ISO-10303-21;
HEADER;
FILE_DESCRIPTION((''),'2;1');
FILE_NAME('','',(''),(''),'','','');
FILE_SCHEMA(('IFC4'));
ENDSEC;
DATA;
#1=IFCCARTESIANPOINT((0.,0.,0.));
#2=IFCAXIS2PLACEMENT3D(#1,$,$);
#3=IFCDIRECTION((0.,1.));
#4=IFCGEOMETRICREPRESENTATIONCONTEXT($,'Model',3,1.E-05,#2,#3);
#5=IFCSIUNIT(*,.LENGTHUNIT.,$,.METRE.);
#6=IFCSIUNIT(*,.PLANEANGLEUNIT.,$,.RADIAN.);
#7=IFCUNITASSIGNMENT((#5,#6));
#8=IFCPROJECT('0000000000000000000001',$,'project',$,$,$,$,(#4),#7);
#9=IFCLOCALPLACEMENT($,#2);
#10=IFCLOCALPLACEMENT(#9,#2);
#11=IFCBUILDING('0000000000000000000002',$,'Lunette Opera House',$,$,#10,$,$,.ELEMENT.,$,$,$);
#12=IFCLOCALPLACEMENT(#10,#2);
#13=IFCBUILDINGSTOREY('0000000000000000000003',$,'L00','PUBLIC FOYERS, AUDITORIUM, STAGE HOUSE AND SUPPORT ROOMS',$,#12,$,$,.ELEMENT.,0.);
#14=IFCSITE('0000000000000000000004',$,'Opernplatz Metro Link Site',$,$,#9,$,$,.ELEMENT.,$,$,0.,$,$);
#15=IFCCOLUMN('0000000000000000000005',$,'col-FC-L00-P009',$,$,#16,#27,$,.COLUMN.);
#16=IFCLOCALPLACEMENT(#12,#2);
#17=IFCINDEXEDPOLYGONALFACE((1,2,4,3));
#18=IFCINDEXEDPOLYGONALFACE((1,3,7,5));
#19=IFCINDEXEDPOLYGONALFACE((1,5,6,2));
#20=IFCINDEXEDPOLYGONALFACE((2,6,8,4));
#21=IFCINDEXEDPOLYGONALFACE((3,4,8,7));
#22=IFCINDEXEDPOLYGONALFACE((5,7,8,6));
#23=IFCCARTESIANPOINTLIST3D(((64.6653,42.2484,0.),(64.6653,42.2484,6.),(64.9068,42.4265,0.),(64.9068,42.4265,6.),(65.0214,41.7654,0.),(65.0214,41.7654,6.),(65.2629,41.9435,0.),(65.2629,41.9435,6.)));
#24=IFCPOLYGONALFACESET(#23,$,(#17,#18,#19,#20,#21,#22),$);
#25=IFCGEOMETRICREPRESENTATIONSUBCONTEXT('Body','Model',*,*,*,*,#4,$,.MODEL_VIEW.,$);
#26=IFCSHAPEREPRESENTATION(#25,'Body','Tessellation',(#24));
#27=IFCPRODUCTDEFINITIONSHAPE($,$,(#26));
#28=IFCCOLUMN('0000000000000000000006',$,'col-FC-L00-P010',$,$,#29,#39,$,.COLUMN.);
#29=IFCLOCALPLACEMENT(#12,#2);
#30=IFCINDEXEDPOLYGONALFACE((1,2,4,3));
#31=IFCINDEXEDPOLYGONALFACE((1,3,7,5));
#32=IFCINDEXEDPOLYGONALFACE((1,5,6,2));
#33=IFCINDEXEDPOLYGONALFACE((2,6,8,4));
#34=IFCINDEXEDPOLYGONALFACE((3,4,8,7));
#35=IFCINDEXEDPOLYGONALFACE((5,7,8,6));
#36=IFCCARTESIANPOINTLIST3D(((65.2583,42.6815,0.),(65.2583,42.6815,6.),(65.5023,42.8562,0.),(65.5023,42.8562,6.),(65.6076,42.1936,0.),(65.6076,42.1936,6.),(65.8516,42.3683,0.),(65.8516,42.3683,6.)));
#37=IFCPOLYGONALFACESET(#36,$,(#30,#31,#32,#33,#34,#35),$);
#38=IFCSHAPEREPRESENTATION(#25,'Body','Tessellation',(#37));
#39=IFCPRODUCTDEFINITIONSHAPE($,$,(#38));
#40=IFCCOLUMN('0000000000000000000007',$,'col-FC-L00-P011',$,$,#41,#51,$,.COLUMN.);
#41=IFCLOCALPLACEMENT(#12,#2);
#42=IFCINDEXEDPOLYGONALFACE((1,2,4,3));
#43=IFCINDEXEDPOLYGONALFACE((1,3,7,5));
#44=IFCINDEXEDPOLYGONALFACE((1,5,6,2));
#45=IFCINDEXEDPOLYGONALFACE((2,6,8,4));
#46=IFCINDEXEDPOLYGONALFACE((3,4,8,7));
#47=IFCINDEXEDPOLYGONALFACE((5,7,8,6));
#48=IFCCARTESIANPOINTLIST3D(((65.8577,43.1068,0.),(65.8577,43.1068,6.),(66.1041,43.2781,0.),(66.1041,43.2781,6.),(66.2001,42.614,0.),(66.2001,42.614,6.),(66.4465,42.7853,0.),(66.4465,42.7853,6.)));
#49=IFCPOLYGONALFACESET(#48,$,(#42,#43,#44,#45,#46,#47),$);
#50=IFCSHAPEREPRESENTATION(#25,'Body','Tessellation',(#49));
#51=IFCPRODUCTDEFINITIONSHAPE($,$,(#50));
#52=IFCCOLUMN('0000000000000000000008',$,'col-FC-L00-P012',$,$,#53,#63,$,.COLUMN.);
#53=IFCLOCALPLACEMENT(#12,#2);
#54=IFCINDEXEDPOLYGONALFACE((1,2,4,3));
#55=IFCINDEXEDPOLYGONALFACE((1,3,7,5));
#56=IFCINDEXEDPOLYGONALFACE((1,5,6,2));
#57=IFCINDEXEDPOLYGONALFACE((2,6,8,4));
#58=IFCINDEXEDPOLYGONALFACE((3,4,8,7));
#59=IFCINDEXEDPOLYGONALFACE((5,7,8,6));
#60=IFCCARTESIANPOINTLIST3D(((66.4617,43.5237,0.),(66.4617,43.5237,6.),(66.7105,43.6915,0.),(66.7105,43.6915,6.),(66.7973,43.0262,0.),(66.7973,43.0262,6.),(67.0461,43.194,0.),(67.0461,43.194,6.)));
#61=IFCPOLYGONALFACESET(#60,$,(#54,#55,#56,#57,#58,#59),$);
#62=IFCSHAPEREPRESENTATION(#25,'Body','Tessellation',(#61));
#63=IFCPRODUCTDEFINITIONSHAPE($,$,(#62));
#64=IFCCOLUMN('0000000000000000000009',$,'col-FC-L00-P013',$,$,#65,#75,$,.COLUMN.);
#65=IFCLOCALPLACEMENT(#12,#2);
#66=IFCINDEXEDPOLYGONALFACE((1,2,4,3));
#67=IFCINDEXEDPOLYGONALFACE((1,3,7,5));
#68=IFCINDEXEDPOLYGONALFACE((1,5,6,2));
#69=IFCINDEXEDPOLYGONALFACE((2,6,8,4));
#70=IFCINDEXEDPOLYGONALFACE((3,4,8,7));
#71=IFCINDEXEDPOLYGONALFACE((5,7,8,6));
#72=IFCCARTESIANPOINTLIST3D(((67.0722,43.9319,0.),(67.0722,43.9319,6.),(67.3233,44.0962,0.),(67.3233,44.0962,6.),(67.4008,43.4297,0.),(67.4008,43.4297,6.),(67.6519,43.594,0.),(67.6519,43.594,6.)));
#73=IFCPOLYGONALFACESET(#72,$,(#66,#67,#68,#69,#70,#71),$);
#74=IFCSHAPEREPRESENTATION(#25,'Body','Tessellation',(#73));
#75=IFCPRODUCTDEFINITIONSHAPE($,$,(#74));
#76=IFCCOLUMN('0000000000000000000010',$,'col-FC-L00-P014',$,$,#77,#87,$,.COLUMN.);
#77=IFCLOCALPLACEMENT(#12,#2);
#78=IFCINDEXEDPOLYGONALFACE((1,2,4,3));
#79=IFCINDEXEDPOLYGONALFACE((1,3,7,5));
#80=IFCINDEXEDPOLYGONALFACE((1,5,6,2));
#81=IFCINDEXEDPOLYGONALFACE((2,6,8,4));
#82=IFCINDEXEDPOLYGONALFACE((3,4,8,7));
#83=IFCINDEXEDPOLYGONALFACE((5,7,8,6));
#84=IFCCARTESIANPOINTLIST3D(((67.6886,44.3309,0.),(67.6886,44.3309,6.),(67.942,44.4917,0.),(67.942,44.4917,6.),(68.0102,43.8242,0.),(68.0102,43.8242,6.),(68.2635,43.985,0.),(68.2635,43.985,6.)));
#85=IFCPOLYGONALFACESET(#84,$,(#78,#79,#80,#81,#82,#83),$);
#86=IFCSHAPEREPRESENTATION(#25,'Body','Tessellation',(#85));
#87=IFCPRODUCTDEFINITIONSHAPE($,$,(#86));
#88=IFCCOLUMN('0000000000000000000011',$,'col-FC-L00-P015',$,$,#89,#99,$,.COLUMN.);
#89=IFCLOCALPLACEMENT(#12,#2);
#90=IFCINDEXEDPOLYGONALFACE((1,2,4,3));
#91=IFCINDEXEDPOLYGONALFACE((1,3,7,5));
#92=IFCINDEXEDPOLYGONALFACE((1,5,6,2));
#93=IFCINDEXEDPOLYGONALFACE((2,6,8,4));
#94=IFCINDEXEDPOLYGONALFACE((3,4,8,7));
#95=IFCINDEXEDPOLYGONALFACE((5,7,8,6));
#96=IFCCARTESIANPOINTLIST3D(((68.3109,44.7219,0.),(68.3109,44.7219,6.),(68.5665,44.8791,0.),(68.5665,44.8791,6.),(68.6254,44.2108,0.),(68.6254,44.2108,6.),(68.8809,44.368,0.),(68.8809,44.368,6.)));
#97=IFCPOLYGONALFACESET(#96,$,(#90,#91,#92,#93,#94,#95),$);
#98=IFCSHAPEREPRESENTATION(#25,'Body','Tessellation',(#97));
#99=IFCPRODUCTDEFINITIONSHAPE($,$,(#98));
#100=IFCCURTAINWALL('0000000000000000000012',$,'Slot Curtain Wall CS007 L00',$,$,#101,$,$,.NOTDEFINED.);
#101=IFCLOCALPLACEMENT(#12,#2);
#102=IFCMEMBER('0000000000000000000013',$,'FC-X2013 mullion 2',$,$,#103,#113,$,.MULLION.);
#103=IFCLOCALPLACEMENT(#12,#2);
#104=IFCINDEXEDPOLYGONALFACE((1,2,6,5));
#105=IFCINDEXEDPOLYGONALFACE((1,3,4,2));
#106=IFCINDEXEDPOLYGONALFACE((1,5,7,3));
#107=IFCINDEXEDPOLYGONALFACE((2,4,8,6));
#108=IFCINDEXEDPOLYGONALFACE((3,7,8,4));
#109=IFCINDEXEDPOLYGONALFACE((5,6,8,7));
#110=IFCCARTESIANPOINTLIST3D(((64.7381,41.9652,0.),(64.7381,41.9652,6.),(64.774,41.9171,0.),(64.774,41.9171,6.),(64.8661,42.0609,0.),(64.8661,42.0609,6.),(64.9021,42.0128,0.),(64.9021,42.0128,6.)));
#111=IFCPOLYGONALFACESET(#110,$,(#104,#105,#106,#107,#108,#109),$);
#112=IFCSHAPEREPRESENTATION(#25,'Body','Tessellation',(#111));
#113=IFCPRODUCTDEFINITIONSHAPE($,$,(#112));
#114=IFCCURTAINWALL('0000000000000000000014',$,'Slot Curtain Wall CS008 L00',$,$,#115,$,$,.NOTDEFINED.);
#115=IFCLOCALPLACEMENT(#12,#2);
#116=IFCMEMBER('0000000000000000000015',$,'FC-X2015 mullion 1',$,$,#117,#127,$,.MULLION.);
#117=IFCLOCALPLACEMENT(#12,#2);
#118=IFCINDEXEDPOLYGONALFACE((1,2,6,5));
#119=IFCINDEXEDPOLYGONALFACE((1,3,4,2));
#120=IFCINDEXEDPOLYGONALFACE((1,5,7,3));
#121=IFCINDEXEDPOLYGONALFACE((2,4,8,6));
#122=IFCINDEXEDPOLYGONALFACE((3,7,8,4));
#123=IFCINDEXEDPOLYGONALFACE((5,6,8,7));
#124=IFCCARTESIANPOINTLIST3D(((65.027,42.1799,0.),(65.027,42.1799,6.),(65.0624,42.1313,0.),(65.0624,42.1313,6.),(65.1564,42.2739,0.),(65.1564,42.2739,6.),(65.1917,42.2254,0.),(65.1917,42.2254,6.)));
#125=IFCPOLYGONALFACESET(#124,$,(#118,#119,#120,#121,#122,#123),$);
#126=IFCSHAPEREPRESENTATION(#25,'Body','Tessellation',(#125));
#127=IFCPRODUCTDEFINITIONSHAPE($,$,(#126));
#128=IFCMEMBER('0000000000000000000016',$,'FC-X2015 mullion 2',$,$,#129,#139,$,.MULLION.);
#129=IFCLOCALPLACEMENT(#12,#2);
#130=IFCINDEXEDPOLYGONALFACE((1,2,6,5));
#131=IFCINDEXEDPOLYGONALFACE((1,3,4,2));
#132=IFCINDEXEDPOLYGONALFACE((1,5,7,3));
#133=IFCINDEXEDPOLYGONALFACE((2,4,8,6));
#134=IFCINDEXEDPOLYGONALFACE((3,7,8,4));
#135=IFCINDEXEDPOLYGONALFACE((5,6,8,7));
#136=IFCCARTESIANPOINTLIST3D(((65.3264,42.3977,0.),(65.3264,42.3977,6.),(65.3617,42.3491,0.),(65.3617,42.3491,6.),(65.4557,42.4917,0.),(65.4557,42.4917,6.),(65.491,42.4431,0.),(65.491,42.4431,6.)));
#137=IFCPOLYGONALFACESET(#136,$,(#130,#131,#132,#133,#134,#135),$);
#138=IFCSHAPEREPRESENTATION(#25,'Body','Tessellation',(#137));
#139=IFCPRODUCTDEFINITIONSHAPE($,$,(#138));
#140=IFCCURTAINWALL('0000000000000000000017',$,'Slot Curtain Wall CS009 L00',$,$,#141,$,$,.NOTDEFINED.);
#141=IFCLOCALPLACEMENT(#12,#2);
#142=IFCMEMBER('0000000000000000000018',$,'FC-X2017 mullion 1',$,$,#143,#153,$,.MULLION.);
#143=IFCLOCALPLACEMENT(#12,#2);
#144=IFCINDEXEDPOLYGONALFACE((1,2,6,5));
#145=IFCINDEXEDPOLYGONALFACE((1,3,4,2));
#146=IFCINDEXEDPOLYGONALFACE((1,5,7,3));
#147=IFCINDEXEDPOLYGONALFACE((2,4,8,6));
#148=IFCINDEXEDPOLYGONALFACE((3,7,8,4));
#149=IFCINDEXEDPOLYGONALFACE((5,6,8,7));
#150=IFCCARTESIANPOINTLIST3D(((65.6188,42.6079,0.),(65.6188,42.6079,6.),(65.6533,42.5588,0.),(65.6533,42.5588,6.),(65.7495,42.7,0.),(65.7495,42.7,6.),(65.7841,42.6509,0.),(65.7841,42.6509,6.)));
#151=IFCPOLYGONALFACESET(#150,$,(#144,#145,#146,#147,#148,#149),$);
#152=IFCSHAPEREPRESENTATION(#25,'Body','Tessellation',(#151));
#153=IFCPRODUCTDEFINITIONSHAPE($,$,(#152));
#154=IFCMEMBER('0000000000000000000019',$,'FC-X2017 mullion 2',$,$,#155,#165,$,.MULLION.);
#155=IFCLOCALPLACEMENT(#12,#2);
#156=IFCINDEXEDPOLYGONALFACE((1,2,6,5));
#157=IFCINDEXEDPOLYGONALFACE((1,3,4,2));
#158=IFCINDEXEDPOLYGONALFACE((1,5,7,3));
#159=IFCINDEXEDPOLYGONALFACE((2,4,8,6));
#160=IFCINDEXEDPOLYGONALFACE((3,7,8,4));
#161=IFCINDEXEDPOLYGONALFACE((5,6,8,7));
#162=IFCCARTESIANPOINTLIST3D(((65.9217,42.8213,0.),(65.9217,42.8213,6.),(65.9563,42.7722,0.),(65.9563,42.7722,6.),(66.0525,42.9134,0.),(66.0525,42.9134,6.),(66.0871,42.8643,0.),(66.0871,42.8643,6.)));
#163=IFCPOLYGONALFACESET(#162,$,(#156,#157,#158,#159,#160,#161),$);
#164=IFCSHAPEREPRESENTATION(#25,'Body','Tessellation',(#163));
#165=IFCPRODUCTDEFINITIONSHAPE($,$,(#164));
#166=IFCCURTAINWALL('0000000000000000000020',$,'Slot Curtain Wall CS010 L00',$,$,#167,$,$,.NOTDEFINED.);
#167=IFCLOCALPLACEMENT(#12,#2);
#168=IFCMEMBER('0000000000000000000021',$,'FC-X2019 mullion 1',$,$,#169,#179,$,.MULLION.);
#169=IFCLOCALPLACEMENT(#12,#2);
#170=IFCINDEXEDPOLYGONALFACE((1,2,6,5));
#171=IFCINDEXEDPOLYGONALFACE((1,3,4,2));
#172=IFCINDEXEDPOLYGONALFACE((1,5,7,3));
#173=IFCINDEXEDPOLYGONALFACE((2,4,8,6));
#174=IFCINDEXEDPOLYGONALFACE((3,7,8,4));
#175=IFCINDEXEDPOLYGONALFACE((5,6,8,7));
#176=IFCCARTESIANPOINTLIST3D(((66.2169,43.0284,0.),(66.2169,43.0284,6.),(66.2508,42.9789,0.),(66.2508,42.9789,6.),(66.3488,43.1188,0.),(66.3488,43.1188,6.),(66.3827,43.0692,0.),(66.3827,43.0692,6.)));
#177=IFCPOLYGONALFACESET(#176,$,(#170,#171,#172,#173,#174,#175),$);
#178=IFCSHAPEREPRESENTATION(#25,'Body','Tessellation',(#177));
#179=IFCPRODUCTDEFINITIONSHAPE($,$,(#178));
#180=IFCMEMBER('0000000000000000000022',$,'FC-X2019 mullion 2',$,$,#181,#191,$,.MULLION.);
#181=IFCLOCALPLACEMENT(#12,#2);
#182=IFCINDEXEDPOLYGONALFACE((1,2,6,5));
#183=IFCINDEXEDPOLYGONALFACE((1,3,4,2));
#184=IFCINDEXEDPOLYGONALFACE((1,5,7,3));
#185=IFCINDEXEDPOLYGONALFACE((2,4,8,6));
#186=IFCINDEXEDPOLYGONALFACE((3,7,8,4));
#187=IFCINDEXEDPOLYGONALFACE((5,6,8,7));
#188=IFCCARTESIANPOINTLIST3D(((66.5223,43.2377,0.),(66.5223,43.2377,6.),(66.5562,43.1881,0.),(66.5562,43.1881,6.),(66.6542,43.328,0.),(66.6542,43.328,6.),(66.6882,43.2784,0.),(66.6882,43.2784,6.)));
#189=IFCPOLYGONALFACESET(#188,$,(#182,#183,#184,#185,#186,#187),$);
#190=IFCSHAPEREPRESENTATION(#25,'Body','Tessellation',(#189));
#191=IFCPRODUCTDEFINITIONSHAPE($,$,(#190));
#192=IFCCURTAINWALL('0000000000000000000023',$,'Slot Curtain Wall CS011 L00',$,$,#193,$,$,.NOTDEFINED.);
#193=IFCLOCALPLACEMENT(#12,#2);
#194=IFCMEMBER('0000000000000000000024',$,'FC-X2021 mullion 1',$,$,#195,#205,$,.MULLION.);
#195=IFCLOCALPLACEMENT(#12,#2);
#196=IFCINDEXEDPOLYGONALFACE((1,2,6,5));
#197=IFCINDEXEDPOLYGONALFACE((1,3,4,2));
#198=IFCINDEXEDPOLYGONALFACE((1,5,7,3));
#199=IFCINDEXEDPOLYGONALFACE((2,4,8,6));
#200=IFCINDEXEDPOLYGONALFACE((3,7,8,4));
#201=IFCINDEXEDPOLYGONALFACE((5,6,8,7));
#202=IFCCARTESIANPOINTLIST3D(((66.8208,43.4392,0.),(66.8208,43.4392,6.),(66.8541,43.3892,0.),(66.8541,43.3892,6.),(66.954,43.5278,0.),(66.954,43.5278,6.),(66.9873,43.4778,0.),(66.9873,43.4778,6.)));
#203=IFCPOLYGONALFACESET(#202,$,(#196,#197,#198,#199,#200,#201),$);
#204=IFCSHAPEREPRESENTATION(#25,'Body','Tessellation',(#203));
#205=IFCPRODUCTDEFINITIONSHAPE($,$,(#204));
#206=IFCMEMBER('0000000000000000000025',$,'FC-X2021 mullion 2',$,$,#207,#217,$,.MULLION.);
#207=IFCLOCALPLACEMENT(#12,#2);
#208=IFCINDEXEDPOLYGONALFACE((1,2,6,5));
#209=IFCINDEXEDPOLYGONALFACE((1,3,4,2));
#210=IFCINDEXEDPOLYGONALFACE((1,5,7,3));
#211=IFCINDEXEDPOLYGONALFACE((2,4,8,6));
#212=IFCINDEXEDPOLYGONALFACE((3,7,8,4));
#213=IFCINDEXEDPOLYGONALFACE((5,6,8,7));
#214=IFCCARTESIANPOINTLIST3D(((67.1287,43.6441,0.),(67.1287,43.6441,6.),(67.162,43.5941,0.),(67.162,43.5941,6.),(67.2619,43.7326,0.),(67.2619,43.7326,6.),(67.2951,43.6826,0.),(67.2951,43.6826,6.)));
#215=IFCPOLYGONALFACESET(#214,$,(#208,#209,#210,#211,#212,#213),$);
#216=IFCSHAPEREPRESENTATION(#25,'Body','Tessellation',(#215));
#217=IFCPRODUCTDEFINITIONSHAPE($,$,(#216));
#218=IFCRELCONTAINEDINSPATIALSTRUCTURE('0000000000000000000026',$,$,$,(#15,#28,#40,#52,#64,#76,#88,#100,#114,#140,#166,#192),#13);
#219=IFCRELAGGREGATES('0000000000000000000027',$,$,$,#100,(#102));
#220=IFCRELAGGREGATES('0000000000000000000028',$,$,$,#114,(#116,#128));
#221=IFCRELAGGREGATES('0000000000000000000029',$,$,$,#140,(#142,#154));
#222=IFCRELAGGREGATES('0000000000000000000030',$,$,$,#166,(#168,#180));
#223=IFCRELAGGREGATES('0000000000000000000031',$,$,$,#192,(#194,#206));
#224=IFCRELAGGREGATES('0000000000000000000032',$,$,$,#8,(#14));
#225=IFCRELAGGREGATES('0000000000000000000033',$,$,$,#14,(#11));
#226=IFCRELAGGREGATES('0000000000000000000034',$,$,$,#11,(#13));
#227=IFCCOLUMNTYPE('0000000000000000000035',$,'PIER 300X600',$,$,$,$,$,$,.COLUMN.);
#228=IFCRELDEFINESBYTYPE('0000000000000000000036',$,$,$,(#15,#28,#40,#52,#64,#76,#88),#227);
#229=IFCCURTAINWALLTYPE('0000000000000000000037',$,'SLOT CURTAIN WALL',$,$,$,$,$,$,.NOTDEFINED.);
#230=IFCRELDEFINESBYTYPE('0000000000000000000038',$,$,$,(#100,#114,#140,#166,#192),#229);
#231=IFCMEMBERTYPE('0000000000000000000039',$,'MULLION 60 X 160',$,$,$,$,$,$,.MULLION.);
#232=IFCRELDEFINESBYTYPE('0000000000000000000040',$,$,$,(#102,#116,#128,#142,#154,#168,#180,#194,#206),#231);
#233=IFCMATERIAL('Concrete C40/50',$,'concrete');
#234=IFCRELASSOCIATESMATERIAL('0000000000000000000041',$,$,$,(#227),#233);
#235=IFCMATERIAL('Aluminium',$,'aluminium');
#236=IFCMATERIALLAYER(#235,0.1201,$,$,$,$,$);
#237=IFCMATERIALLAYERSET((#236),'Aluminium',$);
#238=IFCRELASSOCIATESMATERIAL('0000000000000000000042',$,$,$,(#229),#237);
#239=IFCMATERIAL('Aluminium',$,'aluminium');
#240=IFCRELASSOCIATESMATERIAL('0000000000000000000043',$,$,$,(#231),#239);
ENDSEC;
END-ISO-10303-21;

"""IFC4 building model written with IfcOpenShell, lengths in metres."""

from ifc_helpers import new_model, si_unit, direction, frame, origin, origin_2d, place, context, subcontext, project, spatial, rectangle, extrude, material, layer, layer_set, material_profile, profile_set, type_object, element, aggregate, save


model = new_model("IFC4")

# Units and contexts
model_context = context("Model", 3, precision=1e-05, world=origin(), true_north=direction((0.0, 1.0)))
body_context = subcontext(model_context, "Body", "Model", "MODEL_VIEW")
ifc_project = project(units=[si_unit("LENGTHUNIT", "METRE"), si_unit("PLANEANGLEUNIT", "RADIAN")], contexts=[model_context])

# Site, building, storey
site_placement = place(None, origin())
site = spatial("IfcSite", under=ifc_project, at=site_placement, Name="Opernplatz Metro Link Site", CompositionType="ELEMENT", RefElevation=0.0)
building_placement = place(site_placement, origin())
building = spatial("IfcBuilding", under=site, at=building_placement, Name="Lunette Opera House", CompositionType="ELEMENT")
storey_placement = place(building_placement, origin())
storey = spatial("IfcBuildingStorey", under=building, at=storey_placement, Name="L00", Description="PUBLIC FOYERS, AUDITORIUM, STAGE HOUSE AND SUPPORT ROOMS", CompositionType="ELEMENT", Elevation=0.0)

# Columns
ifc_material_1 = material(Name="Concrete C40/50", Category="concrete")
ifc_material_profile_1 = material_profile(ifc_material_1, rectangle(XDim=0.3, YDim=0.6001, at=origin_2d()), Name="PIER 300X600")
ifc_profile_set_1 = profile_set([ifc_material_profile_1], Name="Concrete C40/50")
column_type = type_object("IfcColumnType", Name="PIER 300X600", PredefinedType="COLUMN", material=ifc_profile_set_1)
for number, where, z_axis, x_axis, name in (
    (1, (64.9641, 42.0959, 0.0), (0.0, 0.0, 1.0), (0.804894, 0.593419, 0.0), "col-FC-L00-P009"),
    (2, (65.5549, 42.5249, 0.0), (0.0, 0.0, 1.0), (0.813101, 0.582123, 0.0), "col-FC-L00-P010"),
    (3, (66.1521, 42.946, 0.0), (0.0, 0.0, 1.0), (0.821149, 0.570714, 0.0), "col-FC-L00-P011"),
    (4, (66.7539, 43.3589, 0.0), (0.0, 0.0, 1.0), (0.829038, 0.559193, 0.0), "col-FC-L00-P012"),
    (5, (67.3621, 43.7629, 0.0), (0.0, 0.0, 1.0), (0.836764, 0.547563, 0.0), "col-FC-L00-P013"),
    (6, (67.9761, 44.158, 0.0), (0.0, 0.0, 1.0), (0.844328, 0.535827, 0.0), "col-FC-L00-P014"),
    (7, (68.5959, 44.5449, 0.0), (0.0, 0.0, 1.0), (0.851727, 0.523986, 0.0), "col-FC-L00-P015"),
):
    element("IfcColumn", number, at=place(storey_placement, frame(where, z_axis=z_axis, x_axis=x_axis)), inside=storey, type_object=column_type, Name=name, PredefinedType="COLUMN", context=body_context, shape_type="SweptSolid", body=[
        extrude(rectangle(XDim=0.3, YDim=0.6001, at=origin_2d()), origin(), (0.0, 0.0, 1.0), 6.0),
    ])

# Curtain wall, member
ifc_material_2 = material(Name="Aluminium", Category="aluminium")
ifc_layer_1 = layer(ifc_material_2, 0.1201)
ifc_layer_set_1 = layer_set([ifc_layer_1], Name="Aluminium")
curtain_wall_type = type_object("IfcCurtainWallType", Name="SLOT CURTAIN WALL", PredefinedType="NOTDEFINED", material=ifc_layer_set_1)
curtain_wall_1_placement = place(storey_placement, origin())
curtain_wall_1 = element("IfcCurtainWall", 8, at=curtain_wall_1_placement, inside=storey, type_object=curtain_wall_type, Name="Slot Curtain Wall CS007 L00", PredefinedType="NOTDEFINED")
ifc_material_3 = material(Name="Aluminium", Category="aluminium")
ifc_material_profile_2 = material_profile(ifc_material_3, rectangle(XDim=0.0601, YDim=0.1599, at=origin_2d()), Name="MULLION 60 X 160")
ifc_profile_set_2 = profile_set([ifc_material_profile_2], Name="Aluminium")
member_type_1 = type_object("IfcMemberType", Name="MULLION 60 X 160", PredefinedType="MULLION", material=ifc_profile_set_2)
member_1_placement = place(storey_placement, frame((64.8201, 41.989, 0.0), z_axis=(0.0, 0.0, 1.0), x_axis=(-0.598885, 0.800835, 0.0)))
member_1 = element("IfcMember", 9, at=member_1_placement, type_object=member_type_1, Name="FC-X2013 mullion 2", PredefinedType="MULLION", context=body_context, shape_type="SweptSolid", body=[
    extrude(rectangle(XDim=0.0601, YDim=0.1599, at=origin_2d()), origin(), (0.0, 0.0, 1.0), 6.0),
])

# Curtain walls, members
curtain_wall_2_placement = place(storey_placement, origin())
curtain_wall_2 = element("IfcCurtainWall", 10, at=curtain_wall_2_placement, inside=storey, type_object=curtain_wall_type, Name="Slot Curtain Wall CS008 L00", PredefinedType="NOTDEFINED")
member_2_placement = place(storey_placement, frame((65.1094, 42.2026, 0.0), z_axis=(0.0, 0.0, 1.0), x_axis=(-0.588033, 0.808837, 0.0)))
member_2 = element("IfcMember", 11, at=member_2_placement, type_object=member_type_1, Name="FC-X2015 mullion 1", PredefinedType="MULLION", context=body_context, shape_type="SweptSolid", body=[
    extrude(rectangle(XDim=0.0601, YDim=0.1599, at=origin_2d()), origin(), (0.0, 0.0, 1.0), 6.0),
])
member_3_placement = place(storey_placement, frame((65.4087, 42.4204, 0.0), z_axis=(0.0, 0.0, 1.0), x_axis=(-0.588033, 0.808837, 0.0)))
member_3 = element("IfcMember", 12, at=member_3_placement, type_object=member_type_1, Name="FC-X2015 mullion 2", PredefinedType="MULLION", context=body_context, shape_type="SweptSolid", body=[
    extrude(rectangle(XDim=0.0601, YDim=0.1599, at=origin_2d()), origin(), (0.0, 0.0, 1.0), 6.0),
])
curtain_wall_3_placement = place(storey_placement, origin())
curtain_wall_3 = element("IfcCurtainWall", 13, at=curtain_wall_3_placement, inside=storey, type_object=curtain_wall_type, Name="Slot Curtain Wall CS009 L00", PredefinedType="NOTDEFINED")
member_4_placement = place(storey_placement, frame((65.7014, 42.6294, 0.0), z_axis=(0.0, 0.0, 1.0), x_axis=(-0.575954, 0.817482, 0.0)))
member_4 = element("IfcMember", 14, at=member_4_placement, type_object=member_type_1, Name="FC-X2017 mullion 1", PredefinedType="MULLION", context=body_context, shape_type="SweptSolid", body=[
    extrude(rectangle(XDim=0.0601, YDim=0.1599, at=origin_2d()), origin(), (0.0, 0.0, 1.0), 6.0),
])
member_5_placement = place(storey_placement, frame((66.0044, 42.8428, 0.0), z_axis=(0.0, 0.0, 1.0), x_axis=(-0.575954, 0.817482, 0.0)))
member_5 = element("IfcMember", 15, at=member_5_placement, type_object=member_type_1, Name="FC-X2017 mullion 2", PredefinedType="MULLION", context=body_context, shape_type="SweptSolid", body=[
    extrude(rectangle(XDim=0.0601, YDim=0.1599, at=origin_2d()), origin(), (0.0, 0.0, 1.0), 6.0),
])
curtain_wall_4_placement = place(storey_placement, origin())
curtain_wall_4 = element("IfcCurtainWall", 16, at=curtain_wall_4_placement, inside=storey, type_object=curtain_wall_type, Name="Slot Curtain Wall CS010 L00", PredefinedType="NOTDEFINED")
member_6_placement = place(storey_placement, frame((66.2998, 43.0488, 0.0), z_axis=(0.0, 0.0, 1.0), x_axis=(-0.564851, 0.825193, 0.0)))
member_6 = element("IfcMember", 17, at=member_6_placement, type_object=member_type_1, Name="FC-X2019 mullion 1", PredefinedType="MULLION", context=body_context, shape_type="SweptSolid", body=[
    extrude(rectangle(XDim=0.0601, YDim=0.1599, at=origin_2d()), origin(), (0.0, 0.0, 1.0), 6.0),
])
member_7_placement = place(storey_placement, frame((66.6052, 43.2581, 0.0), z_axis=(0.0, 0.0, 1.0), x_axis=(-0.564851, 0.825193, 0.0)))
member_7 = element("IfcMember", 18, at=member_7_placement, type_object=member_type_1, Name="FC-X2019 mullion 2", PredefinedType="MULLION", context=body_context, shape_type="SweptSolid", body=[
    extrude(rectangle(XDim=0.0601, YDim=0.1599, at=origin_2d()), origin(), (0.0, 0.0, 1.0), 6.0),
])
curtain_wall_5_placement = place(storey_placement, origin())
curtain_wall_5 = element("IfcCurtainWall", 19, at=curtain_wall_5_placement, inside=storey, type_object=curtain_wall_type, Name="Slot Curtain Wall CS011 L00", PredefinedType="NOTDEFINED")
member_8_placement = place(storey_placement, frame((66.9041, 43.4585, 0.0), z_axis=(0.0, 0.0, 1.0), x_axis=(-0.553626, 0.832765, 0.0)))
member_8 = element("IfcMember", 20, at=member_8_placement, type_object=member_type_1, Name="FC-X2021 mullion 1", PredefinedType="MULLION", context=body_context, shape_type="SweptSolid", body=[
    extrude(rectangle(XDim=0.0601, YDim=0.1599, at=origin_2d()), origin(), (0.0, 0.0, 1.0), 6.0),
])
member_9_placement = place(storey_placement, frame((67.2119, 43.6633, 0.0), z_axis=(0.0, 0.0, 1.0), x_axis=(-0.553626, 0.832765, 0.0)))
member_9 = element("IfcMember", 21, at=member_9_placement, type_object=member_type_1, Name="FC-X2021 mullion 2", PredefinedType="MULLION", context=body_context, shape_type="SweptSolid", body=[
    extrude(rectangle(XDim=0.0601, YDim=0.1599, at=origin_2d()), origin(), (0.0, 0.0, 1.0), 6.0),
])

aggregate(curtain_wall_1, [member_1])
aggregate(curtain_wall_2, [member_2, member_3])
aggregate(curtain_wall_3, [member_4, member_5])
aggregate(curtain_wall_4, [member_6, member_7])
aggregate(curtain_wall_5, [member_8, member_9])

save(model, "model.ifc")
